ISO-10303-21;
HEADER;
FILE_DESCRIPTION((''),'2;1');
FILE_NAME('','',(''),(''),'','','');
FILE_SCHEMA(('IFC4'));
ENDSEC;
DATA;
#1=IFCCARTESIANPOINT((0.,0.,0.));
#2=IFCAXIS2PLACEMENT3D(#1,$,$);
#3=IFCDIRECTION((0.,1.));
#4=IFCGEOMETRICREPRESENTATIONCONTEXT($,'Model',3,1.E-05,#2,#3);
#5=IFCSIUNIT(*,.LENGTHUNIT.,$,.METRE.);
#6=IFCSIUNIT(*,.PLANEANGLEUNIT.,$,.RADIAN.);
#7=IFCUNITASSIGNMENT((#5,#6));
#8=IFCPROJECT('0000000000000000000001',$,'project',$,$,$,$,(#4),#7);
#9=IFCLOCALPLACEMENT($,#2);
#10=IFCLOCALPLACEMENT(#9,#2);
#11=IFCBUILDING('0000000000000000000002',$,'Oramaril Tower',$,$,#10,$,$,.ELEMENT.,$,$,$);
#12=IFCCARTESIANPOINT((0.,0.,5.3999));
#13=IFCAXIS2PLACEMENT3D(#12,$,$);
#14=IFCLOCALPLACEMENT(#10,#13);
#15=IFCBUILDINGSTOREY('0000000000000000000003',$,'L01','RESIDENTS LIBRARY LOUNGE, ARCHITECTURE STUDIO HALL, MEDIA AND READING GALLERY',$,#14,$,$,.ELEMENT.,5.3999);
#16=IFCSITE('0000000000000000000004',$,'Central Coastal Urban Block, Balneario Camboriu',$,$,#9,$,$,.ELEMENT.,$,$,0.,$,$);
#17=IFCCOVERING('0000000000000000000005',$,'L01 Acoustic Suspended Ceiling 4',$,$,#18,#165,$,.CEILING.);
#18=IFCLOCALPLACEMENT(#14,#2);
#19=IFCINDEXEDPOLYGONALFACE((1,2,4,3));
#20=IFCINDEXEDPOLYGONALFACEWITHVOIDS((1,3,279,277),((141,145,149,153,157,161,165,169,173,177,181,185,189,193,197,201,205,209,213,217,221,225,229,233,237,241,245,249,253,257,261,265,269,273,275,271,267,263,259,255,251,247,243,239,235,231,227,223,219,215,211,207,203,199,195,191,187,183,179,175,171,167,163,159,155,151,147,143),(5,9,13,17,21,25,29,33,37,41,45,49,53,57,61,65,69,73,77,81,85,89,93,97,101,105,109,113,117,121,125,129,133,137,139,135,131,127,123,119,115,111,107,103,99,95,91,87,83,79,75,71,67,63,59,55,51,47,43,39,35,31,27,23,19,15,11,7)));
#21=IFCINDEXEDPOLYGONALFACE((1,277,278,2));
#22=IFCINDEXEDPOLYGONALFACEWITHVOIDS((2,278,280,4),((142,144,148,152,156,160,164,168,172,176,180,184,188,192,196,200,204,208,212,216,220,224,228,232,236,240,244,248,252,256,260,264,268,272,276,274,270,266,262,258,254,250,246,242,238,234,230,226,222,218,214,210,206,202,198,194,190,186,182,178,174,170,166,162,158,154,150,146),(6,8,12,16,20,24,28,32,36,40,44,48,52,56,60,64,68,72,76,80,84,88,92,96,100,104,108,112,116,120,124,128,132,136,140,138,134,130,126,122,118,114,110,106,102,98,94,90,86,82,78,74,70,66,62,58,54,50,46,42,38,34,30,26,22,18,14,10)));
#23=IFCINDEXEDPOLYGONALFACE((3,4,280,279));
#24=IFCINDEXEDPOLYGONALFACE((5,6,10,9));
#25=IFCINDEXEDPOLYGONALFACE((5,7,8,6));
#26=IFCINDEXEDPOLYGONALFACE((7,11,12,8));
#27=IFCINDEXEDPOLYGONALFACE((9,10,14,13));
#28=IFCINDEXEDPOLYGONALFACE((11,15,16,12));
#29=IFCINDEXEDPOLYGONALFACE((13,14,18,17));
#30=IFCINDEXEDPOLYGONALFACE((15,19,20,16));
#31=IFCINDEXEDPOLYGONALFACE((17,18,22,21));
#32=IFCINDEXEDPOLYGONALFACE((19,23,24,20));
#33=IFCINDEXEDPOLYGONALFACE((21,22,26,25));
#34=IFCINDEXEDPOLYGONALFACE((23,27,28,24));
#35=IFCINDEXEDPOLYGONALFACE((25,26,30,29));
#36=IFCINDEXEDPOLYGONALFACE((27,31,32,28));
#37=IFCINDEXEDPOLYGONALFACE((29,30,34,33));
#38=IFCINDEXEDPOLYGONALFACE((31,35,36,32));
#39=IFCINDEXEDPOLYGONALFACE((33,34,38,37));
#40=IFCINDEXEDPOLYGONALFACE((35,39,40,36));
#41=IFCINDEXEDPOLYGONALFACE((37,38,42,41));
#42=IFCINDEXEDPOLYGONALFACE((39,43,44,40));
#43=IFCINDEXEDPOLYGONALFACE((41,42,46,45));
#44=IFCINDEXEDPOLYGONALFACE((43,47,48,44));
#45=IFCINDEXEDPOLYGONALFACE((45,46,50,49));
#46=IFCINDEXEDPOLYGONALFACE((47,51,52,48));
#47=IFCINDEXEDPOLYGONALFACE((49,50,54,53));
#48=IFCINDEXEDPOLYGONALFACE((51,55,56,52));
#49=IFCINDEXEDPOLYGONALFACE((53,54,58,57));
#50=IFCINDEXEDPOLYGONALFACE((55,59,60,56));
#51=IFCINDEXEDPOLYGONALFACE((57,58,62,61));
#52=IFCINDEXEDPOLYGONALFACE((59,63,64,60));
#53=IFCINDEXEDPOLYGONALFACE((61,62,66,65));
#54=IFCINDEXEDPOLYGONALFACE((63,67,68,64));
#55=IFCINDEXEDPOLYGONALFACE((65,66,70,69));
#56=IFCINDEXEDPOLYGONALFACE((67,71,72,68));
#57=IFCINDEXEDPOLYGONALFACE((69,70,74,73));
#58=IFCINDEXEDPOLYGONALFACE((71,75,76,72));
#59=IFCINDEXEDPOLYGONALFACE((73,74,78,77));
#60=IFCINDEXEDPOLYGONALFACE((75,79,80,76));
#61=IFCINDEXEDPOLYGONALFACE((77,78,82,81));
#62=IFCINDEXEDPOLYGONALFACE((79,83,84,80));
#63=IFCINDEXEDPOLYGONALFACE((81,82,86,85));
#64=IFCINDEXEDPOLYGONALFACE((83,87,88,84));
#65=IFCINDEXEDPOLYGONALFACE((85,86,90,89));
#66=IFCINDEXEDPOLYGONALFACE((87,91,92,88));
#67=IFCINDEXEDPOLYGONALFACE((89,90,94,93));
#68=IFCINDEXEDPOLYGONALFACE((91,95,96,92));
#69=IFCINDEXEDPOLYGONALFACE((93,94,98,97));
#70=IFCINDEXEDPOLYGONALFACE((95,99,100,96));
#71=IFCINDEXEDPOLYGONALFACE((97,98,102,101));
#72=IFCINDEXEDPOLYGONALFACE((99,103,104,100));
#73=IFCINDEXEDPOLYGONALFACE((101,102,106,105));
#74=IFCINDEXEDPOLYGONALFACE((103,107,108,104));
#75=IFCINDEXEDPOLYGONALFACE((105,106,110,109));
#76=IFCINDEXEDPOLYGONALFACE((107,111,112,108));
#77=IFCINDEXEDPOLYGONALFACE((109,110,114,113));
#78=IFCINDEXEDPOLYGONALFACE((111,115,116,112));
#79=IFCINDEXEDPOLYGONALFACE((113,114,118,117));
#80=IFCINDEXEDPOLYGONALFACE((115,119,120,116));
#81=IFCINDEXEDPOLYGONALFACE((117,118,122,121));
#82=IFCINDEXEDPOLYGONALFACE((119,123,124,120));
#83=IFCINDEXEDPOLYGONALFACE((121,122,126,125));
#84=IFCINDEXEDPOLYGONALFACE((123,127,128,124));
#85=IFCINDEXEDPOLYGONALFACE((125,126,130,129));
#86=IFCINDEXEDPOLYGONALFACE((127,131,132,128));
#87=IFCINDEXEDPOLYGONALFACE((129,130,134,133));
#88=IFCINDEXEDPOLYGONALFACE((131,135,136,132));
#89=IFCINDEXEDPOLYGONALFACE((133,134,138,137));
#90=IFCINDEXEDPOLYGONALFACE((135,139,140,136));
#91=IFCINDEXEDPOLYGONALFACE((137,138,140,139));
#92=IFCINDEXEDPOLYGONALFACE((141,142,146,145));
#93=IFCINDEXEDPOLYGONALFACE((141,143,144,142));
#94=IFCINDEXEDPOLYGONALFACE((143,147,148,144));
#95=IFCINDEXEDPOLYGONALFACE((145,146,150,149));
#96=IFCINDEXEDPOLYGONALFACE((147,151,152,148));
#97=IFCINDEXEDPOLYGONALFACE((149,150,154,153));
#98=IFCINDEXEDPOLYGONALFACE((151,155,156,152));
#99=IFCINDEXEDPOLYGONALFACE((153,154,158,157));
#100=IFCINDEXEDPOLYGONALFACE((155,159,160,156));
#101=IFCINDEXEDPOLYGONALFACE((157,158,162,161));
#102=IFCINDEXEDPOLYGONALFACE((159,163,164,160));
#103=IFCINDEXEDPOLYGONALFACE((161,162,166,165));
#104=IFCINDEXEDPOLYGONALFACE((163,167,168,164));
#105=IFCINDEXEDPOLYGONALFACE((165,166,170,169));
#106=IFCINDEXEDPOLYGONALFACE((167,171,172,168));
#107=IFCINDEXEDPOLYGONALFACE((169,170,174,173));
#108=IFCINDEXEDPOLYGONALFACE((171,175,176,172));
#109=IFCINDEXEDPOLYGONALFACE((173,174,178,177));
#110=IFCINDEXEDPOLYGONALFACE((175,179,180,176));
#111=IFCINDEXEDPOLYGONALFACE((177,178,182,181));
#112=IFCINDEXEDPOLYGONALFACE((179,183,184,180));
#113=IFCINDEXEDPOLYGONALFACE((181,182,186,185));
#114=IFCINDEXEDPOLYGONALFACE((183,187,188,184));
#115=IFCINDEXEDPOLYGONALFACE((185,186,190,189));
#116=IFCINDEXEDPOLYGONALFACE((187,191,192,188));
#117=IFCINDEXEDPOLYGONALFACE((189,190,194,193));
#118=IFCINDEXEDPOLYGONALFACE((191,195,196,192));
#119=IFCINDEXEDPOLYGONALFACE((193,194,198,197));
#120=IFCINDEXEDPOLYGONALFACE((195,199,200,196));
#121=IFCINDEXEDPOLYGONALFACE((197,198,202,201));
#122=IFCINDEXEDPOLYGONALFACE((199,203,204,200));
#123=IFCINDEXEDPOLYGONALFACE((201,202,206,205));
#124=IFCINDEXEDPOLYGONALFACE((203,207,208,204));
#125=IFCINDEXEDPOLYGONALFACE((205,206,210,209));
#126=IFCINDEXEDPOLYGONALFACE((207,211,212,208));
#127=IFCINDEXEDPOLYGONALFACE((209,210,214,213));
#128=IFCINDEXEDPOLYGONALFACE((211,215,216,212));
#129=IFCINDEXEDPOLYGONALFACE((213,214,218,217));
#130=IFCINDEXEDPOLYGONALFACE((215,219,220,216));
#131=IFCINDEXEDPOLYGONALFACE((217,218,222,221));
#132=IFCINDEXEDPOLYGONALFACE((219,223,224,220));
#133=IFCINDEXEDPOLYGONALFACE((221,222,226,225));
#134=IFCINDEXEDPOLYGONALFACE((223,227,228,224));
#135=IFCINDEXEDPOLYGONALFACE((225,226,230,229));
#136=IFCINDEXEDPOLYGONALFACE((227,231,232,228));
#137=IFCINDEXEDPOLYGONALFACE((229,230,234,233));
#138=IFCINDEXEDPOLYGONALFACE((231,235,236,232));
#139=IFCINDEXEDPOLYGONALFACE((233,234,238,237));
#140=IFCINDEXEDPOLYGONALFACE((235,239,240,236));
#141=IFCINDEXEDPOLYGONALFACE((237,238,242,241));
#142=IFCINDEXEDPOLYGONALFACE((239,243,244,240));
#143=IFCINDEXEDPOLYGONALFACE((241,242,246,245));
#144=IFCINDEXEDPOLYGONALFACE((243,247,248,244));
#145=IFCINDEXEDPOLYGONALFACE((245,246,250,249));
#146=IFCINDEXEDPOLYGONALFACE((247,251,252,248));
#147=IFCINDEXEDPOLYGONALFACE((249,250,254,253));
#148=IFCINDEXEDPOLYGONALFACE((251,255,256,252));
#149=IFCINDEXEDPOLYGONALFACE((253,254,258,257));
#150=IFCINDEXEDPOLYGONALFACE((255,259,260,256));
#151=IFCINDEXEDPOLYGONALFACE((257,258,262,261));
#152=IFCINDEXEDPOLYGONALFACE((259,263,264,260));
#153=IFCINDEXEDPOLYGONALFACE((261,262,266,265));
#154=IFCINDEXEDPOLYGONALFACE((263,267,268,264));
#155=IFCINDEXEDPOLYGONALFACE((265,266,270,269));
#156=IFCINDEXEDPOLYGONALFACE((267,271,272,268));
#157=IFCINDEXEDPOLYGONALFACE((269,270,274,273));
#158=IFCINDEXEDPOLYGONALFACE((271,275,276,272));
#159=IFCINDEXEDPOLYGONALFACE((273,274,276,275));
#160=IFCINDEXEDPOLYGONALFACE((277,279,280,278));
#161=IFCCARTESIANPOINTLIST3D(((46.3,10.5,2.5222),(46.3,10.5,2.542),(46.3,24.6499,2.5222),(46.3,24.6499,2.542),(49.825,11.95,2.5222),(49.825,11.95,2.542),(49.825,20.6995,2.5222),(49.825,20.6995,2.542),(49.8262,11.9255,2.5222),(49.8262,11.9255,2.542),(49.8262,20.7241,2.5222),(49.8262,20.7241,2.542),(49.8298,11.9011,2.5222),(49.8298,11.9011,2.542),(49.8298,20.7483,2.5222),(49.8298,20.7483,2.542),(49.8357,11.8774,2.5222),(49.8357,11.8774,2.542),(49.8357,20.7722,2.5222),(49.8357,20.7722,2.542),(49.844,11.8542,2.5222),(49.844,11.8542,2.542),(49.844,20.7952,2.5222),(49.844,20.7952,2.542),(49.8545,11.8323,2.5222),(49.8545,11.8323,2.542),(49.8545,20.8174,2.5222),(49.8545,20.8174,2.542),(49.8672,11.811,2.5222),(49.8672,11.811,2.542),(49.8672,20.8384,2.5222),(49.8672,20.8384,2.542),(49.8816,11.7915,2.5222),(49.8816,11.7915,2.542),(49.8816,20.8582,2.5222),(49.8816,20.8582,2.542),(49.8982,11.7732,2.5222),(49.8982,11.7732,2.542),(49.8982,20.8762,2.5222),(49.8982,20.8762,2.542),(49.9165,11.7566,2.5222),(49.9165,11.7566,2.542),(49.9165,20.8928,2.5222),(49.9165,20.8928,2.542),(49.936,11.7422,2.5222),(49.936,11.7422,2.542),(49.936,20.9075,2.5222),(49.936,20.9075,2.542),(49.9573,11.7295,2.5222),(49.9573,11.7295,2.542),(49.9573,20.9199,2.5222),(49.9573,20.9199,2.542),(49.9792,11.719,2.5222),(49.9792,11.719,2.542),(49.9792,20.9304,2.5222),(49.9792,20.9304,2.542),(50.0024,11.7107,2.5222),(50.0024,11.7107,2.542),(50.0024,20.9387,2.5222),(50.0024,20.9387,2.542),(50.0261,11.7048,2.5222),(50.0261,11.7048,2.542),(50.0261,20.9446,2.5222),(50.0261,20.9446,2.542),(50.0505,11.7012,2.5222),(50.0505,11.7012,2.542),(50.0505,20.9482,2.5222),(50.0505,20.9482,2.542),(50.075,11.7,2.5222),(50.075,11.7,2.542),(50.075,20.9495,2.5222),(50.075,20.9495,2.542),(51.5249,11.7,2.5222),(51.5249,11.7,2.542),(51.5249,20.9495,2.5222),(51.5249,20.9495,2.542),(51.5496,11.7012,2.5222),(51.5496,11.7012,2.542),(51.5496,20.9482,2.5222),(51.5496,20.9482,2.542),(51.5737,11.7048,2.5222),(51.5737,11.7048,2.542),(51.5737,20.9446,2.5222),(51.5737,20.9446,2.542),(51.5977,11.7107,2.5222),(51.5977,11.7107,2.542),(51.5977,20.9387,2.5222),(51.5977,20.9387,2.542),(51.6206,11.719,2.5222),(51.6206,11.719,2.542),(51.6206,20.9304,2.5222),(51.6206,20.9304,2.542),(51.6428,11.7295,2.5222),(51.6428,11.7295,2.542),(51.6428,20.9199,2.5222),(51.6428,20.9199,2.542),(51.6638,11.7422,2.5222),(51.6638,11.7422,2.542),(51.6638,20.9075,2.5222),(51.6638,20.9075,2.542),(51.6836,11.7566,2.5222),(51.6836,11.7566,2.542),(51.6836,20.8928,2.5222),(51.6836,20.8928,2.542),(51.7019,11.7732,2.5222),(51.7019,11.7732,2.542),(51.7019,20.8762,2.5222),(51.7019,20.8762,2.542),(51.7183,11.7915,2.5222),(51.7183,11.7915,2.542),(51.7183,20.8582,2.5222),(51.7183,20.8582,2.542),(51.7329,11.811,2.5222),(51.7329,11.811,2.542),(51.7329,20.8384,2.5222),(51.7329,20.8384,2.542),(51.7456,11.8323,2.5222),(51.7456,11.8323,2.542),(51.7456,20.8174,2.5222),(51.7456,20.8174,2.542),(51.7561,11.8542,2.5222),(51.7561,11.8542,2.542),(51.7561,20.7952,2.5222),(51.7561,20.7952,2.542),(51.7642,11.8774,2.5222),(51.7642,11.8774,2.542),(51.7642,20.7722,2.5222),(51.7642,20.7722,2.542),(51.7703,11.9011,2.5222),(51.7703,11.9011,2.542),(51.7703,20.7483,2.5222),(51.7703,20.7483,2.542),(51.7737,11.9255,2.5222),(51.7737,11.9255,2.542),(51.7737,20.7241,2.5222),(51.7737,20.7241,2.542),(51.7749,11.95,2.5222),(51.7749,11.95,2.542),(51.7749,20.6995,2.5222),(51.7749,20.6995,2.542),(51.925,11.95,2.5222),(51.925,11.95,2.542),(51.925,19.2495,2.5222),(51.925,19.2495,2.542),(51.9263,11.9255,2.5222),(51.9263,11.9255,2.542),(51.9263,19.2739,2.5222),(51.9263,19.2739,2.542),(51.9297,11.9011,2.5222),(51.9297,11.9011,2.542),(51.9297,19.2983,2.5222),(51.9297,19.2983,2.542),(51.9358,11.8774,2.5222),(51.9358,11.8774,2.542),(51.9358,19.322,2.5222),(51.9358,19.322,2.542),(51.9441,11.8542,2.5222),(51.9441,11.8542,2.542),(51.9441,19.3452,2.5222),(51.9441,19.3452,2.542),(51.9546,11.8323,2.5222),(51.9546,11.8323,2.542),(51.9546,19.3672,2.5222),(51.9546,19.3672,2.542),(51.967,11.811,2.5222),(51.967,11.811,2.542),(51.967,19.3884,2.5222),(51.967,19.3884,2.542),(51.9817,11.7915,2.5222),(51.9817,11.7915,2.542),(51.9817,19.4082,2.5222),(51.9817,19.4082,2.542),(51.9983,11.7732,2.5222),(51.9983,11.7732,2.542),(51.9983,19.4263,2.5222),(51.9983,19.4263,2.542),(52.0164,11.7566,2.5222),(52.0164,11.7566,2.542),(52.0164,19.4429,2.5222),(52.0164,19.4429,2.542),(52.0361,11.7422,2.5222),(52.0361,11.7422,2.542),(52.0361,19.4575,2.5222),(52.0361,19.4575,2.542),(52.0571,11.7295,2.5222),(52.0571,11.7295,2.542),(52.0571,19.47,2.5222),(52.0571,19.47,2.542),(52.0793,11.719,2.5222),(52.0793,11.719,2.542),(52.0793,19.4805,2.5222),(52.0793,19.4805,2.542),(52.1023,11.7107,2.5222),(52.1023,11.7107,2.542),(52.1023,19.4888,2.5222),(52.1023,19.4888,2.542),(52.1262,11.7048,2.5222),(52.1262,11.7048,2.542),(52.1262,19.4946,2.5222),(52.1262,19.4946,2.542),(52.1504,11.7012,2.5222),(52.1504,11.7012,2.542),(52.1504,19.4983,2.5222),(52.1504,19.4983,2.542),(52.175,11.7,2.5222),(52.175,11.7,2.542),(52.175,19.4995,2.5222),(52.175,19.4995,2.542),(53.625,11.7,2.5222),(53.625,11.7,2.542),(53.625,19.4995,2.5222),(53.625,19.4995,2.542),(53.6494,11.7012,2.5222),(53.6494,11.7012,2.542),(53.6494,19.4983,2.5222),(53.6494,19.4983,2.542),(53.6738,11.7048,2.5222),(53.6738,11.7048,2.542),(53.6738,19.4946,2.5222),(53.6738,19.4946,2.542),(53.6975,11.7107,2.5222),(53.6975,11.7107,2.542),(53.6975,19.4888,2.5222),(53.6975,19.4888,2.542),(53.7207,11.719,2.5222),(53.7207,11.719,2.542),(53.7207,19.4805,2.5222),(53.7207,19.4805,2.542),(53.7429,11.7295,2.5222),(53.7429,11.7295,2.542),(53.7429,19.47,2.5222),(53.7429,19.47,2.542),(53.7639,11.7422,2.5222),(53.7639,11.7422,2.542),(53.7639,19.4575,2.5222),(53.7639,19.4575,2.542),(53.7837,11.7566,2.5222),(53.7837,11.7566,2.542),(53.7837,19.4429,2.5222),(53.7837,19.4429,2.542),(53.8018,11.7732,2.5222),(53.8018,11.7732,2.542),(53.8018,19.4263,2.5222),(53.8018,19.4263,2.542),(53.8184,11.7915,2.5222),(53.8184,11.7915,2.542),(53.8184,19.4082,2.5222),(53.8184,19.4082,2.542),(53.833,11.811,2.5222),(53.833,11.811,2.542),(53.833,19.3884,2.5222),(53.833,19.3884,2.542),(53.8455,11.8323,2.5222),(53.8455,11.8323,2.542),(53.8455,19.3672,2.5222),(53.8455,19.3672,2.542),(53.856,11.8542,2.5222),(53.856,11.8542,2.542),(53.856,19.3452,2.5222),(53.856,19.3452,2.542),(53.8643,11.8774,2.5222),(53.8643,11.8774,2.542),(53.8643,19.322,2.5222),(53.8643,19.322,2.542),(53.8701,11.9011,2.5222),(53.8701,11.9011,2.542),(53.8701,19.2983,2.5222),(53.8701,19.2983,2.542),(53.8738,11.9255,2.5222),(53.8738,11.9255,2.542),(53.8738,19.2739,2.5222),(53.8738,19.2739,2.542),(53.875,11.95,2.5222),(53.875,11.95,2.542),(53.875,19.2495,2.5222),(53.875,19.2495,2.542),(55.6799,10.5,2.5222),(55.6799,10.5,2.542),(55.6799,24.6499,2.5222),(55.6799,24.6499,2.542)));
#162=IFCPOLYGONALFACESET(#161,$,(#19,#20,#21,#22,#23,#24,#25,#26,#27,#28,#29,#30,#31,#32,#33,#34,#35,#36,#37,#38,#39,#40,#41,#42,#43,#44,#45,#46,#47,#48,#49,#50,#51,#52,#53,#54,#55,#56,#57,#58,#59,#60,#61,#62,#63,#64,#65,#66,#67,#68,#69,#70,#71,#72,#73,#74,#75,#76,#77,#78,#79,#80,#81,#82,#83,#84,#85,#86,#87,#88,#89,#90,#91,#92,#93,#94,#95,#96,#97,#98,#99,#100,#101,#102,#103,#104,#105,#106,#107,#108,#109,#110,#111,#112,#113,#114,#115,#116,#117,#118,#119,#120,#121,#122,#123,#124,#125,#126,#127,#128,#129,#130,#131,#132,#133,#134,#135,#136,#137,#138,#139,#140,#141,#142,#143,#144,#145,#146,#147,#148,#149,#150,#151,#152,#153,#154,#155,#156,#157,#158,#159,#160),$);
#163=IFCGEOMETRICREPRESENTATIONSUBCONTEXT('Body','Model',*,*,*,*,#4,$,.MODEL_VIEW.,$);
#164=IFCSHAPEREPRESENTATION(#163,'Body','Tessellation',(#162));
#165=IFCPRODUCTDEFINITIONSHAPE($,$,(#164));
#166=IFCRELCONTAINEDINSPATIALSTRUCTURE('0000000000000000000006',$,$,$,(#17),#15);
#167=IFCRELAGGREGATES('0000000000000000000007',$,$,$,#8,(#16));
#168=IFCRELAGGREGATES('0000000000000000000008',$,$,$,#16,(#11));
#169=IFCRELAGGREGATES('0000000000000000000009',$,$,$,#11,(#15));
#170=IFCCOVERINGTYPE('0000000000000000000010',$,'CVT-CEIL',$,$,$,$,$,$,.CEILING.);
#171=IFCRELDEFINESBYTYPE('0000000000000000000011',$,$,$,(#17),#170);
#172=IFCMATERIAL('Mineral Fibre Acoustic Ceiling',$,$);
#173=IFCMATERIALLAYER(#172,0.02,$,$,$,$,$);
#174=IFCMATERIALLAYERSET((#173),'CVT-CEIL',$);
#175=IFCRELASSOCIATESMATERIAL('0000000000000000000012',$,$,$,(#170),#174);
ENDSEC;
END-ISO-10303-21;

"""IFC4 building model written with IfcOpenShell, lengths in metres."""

from ifc_helpers import new_model, si_unit, direction, frame, origin, place, context, subcontext, project, spatial, polyline, outline, extrude, material, layer, layer_set, type_object, element, save


model = new_model("IFC4")

# Units and contexts
model_context = context("Model", 3, precision=1e-05, world=origin(), true_north=direction((0.0, 1.0)))
body_context = subcontext(model_context, "Body", "Model", "MODEL_VIEW")
ifc_project = project(units=[si_unit("LENGTHUNIT", "METRE"), si_unit("PLANEANGLEUNIT", "RADIAN")], contexts=[model_context])

# Site, building, storey
site_placement = place(None, origin())
site = spatial("IfcSite", under=ifc_project, at=site_placement, Name="Central Coastal Urban Block, Balneario Camboriu", CompositionType="ELEMENT", RefElevation=0.0)
building_placement = place(site_placement, origin())
building = spatial("IfcBuilding", under=site, at=building_placement, Name="Oramaril Tower", CompositionType="ELEMENT")
storey_placement = place(building_placement, frame((0.0, 0.0, 5.3999)))
storey = spatial("IfcBuildingStorey", under=building, at=storey_placement, Name="L01", Description="RESIDENTS LIBRARY LOUNGE, ARCHITECTURE STUDIO HALL, MEDIA AND READING GALLERY", CompositionType="ELEMENT", Elevation=5.3999)

# Covering
ifc_material_1 = material(Name="Mineral Fibre Acoustic Ceiling")
ifc_layer_1 = layer(ifc_material_1, 0.02)
ifc_layer_set_1 = layer_set([ifc_layer_1], Name="CVT-CEIL")
covering_type_1 = type_object("IfcCoveringType", Name="CVT-CEIL", PredefinedType="CEILING", material=ifc_layer_set_1)
covering_1_placement = place(storey_placement, frame((0.0, 0.0, 2.5222)))
element("IfcCovering", 1, at=covering_1_placement, inside=storey, type_object=covering_type_1, Name="L01 Acoustic Suspended Ceiling 4", PredefinedType="CEILING", context=body_context, shape_type="SweptSolid", body=[
    extrude(outline(polyline([(55.6799, 10.5), (46.3, 10.5), (46.3, 24.6499), (55.6799, 24.6499), (55.6799, 10.5)]), holes=[polyline([(49.8357, 20.7722), (49.8298, 20.7483), (49.8262, 20.7241), (49.825, 20.6995), (49.825, 11.95), (49.8262, 11.9255), (49.8298, 11.9011), (49.8357, 11.8774), (49.844, 11.8542), (49.8545, 11.8323), (49.8672, 11.811), (49.8816, 11.7915), (49.8982, 11.7732), (49.9165, 11.7566), (49.936, 11.7422), (49.9573, 11.7295), (49.9792, 11.719), (50.0024, 11.7107), (50.0261, 11.7048), (50.0505, 11.7012), (50.075, 11.7), (51.5249, 11.7), (51.5496, 11.7012), (51.5737, 11.7048), (51.5977, 11.7107), (51.6206, 11.719), (51.6428, 11.7295), (51.6638, 11.7422), (51.6836, 11.7566), (51.7019, 11.7732), (51.7183, 11.7915), (51.7329, 11.811), (51.7456, 11.8323), (51.7561, 11.8542), (51.7642, 11.8774), (51.7703, 11.9011), (51.7737, 11.9255), (51.7749, 11.95), (51.7749, 20.6995), (51.7737, 20.7241), (51.7703, 20.7483), (51.7642, 20.7722), (51.7561, 20.7952), (51.7456, 20.8174), (51.7329, 20.8384), (51.7183, 20.8582), (51.7019, 20.8762), (51.6836, 20.8928), (51.6638, 20.9075), (51.6428, 20.9199), (51.6206, 20.9304), (51.5977, 20.9387), (51.5737, 20.9446), (51.5496, 20.9482), (51.5249, 20.9495), (50.075, 20.9495), (50.0505, 20.9482), (50.0261, 20.9446), (50.0024, 20.9387), (49.9792, 20.9304), (49.9573, 20.9199), (49.936, 20.9075), (49.9165, 20.8928), (49.8982, 20.8762), (49.8816, 20.8582), (49.8672, 20.8384), (49.8545, 20.8174), (49.844, 20.7952), (49.8357, 20.7722)]), polyline([(51.9297, 19.2983), (51.9263, 19.2739), (51.925, 19.2495), (51.925, 11.95), (51.9263, 11.9255), (51.9297, 11.9011), (51.9358, 11.8774), (51.9441, 11.8542), (51.9546, 11.8323), (51.967, 11.811), (51.9817, 11.7915), (51.9983, 11.7732), (52.0164, 11.7566), (52.0361, 11.7422), (52.0571, 11.7295), (52.0793, 11.719), (52.1023, 11.7107), (52.1262, 11.7048), (52.1504, 11.7012), (52.175, 11.7), (53.625, 11.7), (53.6494, 11.7012), (53.6738, 11.7048), (53.6975, 11.7107), (53.7207, 11.719), (53.7429, 11.7295), (53.7639, 11.7422), (53.7837, 11.7566), (53.8018, 11.7732), (53.8184, 11.7915), (53.833, 11.811), (53.8455, 11.8323), (53.856, 11.8542), (53.8643, 11.8774), (53.8701, 11.9011), (53.8738, 11.9255), (53.875, 11.95), (53.875, 19.2495), (53.8738, 19.2739), (53.8701, 19.2983), (53.8643, 19.322), (53.856, 19.3452), (53.8455, 19.3672), (53.833, 19.3884), (53.8184, 19.4082), (53.8018, 19.4263), (53.7837, 19.4429), (53.7639, 19.4575), (53.7429, 19.47), (53.7207, 19.4805), (53.6975, 19.4888), (53.6738, 19.4946), (53.6494, 19.4983), (53.625, 19.4995), (52.175, 19.4995), (52.1504, 19.4983), (52.1262, 19.4946), (52.1023, 19.4888), (52.0793, 19.4805), (52.0571, 19.47), (52.0361, 19.4575), (52.0164, 19.4429), (51.9983, 19.4263), (51.9817, 19.4082), (51.967, 19.3884), (51.9546, 19.3672), (51.9441, 19.3452), (51.9358, 19.322), (51.9297, 19.2983)])]), origin(), (0.0, 0.0, 1.0), 0.0198),
])

save(model, "model.ifc")
